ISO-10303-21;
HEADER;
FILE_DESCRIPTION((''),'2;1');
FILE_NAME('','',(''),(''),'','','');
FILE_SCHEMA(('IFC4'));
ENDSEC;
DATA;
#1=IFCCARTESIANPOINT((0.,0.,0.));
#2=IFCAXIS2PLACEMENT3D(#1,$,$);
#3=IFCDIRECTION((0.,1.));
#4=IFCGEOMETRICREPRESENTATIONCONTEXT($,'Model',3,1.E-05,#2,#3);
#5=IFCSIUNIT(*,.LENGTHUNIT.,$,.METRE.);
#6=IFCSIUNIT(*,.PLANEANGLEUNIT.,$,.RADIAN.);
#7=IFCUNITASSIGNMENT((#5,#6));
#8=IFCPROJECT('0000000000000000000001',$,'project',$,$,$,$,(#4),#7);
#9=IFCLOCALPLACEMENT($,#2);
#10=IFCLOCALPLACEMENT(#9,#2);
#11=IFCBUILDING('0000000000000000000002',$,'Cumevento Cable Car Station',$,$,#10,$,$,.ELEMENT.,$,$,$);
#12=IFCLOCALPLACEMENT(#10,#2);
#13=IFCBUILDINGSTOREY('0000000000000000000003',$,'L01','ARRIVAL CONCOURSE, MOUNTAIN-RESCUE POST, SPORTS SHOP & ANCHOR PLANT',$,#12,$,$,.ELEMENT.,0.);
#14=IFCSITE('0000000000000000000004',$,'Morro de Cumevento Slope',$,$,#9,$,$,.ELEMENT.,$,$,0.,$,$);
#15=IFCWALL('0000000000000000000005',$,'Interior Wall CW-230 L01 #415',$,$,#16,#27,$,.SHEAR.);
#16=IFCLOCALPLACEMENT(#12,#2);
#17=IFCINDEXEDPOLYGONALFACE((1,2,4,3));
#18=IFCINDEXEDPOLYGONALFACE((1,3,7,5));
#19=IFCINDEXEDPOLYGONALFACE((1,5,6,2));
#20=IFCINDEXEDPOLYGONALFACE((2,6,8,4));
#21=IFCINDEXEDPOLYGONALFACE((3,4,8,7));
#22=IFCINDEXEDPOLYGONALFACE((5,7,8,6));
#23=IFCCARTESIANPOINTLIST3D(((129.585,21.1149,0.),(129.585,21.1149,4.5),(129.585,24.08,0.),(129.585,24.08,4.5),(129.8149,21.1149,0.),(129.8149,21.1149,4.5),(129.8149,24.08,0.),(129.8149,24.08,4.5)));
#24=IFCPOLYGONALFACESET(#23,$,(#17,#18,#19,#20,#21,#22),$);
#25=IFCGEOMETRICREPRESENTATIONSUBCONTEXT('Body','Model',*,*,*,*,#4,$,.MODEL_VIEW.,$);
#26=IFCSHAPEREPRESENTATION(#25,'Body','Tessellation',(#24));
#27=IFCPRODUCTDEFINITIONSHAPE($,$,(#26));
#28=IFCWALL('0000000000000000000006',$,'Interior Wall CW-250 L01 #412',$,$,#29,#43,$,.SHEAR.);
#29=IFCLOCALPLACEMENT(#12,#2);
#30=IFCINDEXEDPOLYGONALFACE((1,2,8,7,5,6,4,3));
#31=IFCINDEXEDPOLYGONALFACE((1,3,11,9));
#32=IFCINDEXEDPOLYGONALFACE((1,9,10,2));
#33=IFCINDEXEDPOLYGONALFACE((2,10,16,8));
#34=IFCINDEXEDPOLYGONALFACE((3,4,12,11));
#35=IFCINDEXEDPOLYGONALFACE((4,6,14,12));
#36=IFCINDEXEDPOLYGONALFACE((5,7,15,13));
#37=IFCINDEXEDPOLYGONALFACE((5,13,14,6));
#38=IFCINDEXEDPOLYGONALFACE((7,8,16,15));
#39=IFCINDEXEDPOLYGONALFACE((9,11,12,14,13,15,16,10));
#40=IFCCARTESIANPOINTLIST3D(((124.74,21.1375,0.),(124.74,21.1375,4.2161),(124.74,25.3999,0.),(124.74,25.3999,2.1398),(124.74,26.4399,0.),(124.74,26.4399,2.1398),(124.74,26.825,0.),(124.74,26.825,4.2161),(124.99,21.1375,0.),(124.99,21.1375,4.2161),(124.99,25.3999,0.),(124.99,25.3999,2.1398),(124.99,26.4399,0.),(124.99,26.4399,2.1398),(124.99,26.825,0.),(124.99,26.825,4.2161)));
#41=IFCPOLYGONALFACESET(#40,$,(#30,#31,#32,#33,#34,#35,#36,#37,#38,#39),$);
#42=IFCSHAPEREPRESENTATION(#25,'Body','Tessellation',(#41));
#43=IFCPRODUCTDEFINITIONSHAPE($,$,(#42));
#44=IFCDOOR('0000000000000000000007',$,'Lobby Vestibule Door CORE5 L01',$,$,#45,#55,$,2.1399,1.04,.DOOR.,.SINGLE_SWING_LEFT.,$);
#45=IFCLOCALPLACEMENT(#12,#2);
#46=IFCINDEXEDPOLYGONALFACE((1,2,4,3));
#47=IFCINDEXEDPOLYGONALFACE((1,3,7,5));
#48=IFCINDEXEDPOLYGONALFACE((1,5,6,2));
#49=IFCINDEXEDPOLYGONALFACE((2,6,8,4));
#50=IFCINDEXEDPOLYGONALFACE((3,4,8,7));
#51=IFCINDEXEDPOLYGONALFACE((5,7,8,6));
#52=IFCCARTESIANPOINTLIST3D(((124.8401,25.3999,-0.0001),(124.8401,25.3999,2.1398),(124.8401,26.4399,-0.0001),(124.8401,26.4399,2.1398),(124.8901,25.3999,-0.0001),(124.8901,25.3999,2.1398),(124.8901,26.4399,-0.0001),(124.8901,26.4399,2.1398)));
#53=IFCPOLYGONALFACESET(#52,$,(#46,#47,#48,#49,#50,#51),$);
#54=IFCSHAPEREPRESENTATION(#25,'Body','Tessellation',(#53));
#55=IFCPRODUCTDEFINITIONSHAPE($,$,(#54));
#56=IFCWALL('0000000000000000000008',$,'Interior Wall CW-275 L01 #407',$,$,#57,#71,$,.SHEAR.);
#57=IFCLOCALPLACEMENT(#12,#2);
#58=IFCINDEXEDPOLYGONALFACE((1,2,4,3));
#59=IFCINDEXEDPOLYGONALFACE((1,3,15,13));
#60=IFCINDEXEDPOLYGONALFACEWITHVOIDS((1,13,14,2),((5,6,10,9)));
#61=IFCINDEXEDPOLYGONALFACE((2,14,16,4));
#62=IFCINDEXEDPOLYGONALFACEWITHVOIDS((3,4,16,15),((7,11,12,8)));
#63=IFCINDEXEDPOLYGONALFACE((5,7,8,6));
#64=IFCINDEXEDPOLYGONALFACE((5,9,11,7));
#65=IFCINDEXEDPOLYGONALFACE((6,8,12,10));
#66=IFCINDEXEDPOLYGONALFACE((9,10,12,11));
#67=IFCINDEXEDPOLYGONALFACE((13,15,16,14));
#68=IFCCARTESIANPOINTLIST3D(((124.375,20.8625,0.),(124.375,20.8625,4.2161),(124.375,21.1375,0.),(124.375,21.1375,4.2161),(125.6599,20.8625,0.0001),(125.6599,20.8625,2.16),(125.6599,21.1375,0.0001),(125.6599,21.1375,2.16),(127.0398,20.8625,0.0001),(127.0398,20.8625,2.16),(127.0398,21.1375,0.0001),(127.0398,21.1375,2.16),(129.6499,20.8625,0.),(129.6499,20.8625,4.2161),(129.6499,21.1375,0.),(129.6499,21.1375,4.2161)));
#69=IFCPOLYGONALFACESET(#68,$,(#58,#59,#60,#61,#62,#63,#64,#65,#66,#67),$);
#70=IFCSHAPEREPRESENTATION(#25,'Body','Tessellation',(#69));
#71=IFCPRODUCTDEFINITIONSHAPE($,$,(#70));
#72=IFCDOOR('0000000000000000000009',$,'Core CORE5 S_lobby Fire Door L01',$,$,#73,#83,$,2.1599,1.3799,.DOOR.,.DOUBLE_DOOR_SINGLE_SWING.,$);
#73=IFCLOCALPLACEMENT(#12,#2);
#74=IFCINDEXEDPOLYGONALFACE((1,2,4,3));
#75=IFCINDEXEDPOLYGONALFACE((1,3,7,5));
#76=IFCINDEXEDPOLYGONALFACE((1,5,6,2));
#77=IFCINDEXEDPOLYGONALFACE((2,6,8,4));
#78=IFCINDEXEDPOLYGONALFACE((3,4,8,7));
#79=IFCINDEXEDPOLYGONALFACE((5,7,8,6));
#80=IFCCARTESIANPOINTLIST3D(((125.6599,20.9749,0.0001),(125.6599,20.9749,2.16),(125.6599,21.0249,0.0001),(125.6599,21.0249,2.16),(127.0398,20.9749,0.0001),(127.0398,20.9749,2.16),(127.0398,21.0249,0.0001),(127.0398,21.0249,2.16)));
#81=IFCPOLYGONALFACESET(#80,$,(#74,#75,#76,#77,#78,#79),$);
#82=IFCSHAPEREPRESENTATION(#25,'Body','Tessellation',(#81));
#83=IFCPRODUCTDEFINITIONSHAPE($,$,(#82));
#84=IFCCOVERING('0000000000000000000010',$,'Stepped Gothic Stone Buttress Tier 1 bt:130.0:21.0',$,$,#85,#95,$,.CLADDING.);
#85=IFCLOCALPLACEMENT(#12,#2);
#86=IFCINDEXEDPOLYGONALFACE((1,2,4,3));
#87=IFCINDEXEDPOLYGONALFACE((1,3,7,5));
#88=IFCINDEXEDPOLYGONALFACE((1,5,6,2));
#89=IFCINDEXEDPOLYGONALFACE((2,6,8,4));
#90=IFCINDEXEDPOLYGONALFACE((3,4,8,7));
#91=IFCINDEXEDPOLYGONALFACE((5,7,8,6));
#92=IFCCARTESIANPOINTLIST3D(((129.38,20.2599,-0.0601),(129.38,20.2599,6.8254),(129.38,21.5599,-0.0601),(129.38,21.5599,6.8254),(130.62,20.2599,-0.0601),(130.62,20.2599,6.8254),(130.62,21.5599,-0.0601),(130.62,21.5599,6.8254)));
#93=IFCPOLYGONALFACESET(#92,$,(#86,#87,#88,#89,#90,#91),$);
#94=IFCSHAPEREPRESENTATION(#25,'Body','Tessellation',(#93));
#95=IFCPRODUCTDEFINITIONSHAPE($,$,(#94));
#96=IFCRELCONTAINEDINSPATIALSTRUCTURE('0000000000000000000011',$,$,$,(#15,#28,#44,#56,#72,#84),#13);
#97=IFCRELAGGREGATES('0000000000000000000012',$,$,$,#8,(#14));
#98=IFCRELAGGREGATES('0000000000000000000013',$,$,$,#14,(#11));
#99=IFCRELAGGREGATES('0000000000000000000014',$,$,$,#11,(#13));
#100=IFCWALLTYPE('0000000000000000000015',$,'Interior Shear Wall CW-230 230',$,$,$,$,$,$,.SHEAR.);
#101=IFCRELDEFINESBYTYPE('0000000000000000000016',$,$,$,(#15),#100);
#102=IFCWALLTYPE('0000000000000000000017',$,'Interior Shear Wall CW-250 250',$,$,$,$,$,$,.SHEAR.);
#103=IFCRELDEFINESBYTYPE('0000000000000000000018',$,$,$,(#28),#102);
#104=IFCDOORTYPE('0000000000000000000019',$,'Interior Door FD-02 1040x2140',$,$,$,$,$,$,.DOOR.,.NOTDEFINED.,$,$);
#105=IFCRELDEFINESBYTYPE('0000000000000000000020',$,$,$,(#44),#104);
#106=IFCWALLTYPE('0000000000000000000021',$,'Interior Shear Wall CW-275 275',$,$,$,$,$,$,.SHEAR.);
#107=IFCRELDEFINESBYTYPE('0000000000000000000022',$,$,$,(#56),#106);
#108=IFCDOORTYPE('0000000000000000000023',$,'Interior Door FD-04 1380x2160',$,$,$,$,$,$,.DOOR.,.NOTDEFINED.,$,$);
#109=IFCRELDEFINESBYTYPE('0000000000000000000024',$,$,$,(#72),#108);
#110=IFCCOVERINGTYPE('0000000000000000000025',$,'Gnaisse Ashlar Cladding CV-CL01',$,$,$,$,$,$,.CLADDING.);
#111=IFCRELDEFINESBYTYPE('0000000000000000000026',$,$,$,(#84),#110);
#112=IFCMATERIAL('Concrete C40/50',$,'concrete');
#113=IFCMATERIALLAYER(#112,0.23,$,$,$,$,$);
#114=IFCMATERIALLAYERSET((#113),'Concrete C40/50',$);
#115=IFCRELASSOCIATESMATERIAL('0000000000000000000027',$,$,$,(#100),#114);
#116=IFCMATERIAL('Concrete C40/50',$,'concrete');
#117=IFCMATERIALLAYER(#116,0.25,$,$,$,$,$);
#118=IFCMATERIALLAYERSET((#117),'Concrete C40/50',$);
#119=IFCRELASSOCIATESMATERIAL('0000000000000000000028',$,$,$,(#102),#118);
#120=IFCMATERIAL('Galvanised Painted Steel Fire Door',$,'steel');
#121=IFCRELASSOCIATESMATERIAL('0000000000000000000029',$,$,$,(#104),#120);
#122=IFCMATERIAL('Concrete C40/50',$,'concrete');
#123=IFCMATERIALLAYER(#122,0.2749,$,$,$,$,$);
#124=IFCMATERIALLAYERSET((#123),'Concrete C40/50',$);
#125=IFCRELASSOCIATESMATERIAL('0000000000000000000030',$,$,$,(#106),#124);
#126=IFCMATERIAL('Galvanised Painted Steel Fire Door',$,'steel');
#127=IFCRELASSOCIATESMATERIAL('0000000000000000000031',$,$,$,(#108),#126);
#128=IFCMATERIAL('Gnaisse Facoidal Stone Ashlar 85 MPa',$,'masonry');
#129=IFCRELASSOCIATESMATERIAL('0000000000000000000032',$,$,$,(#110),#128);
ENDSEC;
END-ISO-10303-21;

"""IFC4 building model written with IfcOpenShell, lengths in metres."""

from ifc_helpers import new_model, si_unit, direction, frame, frame_2d, origin, origin_2d, place, context, subcontext, project, spatial, rectangle, extrude, material, layer, layer_set, type_object, element, fill, save


model = new_model("IFC4")

# Units and contexts
model_context = context("Model", 3, precision=1e-05, world=origin(), true_north=direction((0.0, 1.0)))
body_context = subcontext(model_context, "Body", "Model", "MODEL_VIEW")
ifc_project = project(units=[si_unit("LENGTHUNIT", "METRE"), si_unit("PLANEANGLEUNIT", "RADIAN")], contexts=[model_context])

# Site, building, storey
site_placement = place(None, origin())
site = spatial("IfcSite", under=ifc_project, at=site_placement, Name="Morro de Cumevento Slope", CompositionType="ELEMENT", RefElevation=0.0)
building_placement = place(site_placement, origin())
building = spatial("IfcBuilding", under=site, at=building_placement, Name="Cumevento Cable Car Station", CompositionType="ELEMENT")
storey_placement = place(building_placement, origin())
storey = spatial("IfcBuildingStorey", under=building, at=storey_placement, Name="L01", Description="ARRIVAL CONCOURSE, MOUNTAIN-RESCUE POST, SPORTS SHOP & ANCHOR PLANT", CompositionType="ELEMENT", Elevation=0.0)

# Wall
ifc_material_1 = material(Name="Concrete C40/50", Category="concrete")
ifc_layer_1 = layer(ifc_material_1, 0.23)
ifc_layer_set_1 = layer_set([ifc_layer_1], Name="Concrete C40/50")
wall_type_1 = type_object("IfcWallType", Name="Interior Shear Wall CW-230 230", PredefinedType="SHEAR", material=ifc_layer_set_1)
wall_1_placement = place(storey_placement, frame((129.7, 21.115, 0.0), z_axis=(0.0, 0.0, 1.0), x_axis=(0.0, 1.0, 0.0)))
element("IfcWall", 1, at=wall_1_placement, inside=storey, type_object=wall_type_1, Name="Interior Wall CW-230 L01 #415", PredefinedType="SHEAR", context=body_context, shape_type="SweptSolid", body=[
    extrude(rectangle(XDim=2.9651, YDim=0.23, at=frame_2d((1.4824, 0.0))), origin(), (0.0, 0.0, 1.0), 4.5),
])

# Walls, openings, doors
ifc_material_2 = material(Name="Concrete C40/50", Category="concrete")
ifc_layer_2 = layer(ifc_material_2, 0.25)
ifc_layer_set_2 = layer_set([ifc_layer_2], Name="Concrete C40/50")
wall_type_2 = type_object("IfcWallType", Name="Interior Shear Wall CW-250 250", PredefinedType="SHEAR", material=ifc_layer_set_2)
wall_2_placement = place(storey_placement, frame((124.865, 21.1375, 0.0), z_axis=(0.0, 0.0, 1.0), x_axis=(0.0, 1.0, 0.0)))
wall_2 = element("IfcWall", 2, at=wall_2_placement, inside=storey, type_object=wall_type_2, Name="Interior Wall CW-250 L01 #412", PredefinedType="SHEAR", context=body_context, shape_type="SweptSolid", body=[
    extrude(rectangle(XDim=5.6875, YDim=0.25, at=frame_2d((2.8438, 0.0))), origin(), (0.0, 0.0, 1.0), 4.2161),
])
opening_1_placement = place(wall_2_placement, frame((4.2625, 0.0, 0.0)))
opening_1 = element("IfcOpeningElement", 3, at=opening_1_placement, cuts=wall_2, PredefinedType="OPENING", context=body_context, shape_type="SweptSolid", body=[
    extrude(rectangle(XDim=1.04, YDim=2.1399, at=frame_2d((0.52, 1.0698))), frame((0.0, 0.135, 0.0), z_axis=(0.0, -1.0, 0.0), x_axis=(1.0, 0.0, 0.0)), (0.0, 0.0, 1.0), 0.27),
])
ifc_material_3 = material(Name="Galvanised Painted Steel Fire Door", Category="steel")
door_type_1 = type_object("IfcDoorType", Name="Interior Door FD-02 1040x2140", OperationType="NOTDEFINED", PredefinedType="DOOR", material=ifc_material_3)
door_1_placement = place(opening_1_placement, origin())
door_1 = element("IfcDoor", 4, at=door_1_placement, inside=storey, type_object=door_type_1, Name="Lobby Vestibule Door CORE5 L01", OperationType="SINGLE_SWING_LEFT", OverallHeight=2.1399, OverallWidth=1.04, PredefinedType="DOOR", context=body_context, shape_type="SweptSolid", body=[
    extrude(rectangle(XDim=1.04, YDim=2.1399, at=frame_2d((0.52, 1.0698))), frame((0.0, 0.0249, 0.0), z_axis=(0.0, -1.0, 0.0), x_axis=(1.0, 0.0, 0.0)), (0.0, 0.0, 1.0), 0.05),
])
fill(opening_1, door_1)
ifc_material_4 = material(Name="Concrete C40/50", Category="concrete")
ifc_layer_3 = layer(ifc_material_4, 0.2749)
ifc_layer_set_3 = layer_set([ifc_layer_3], Name="Concrete C40/50")
wall_type_3 = type_object("IfcWallType", Name="Interior Shear Wall CW-275 275", PredefinedType="SHEAR", material=ifc_layer_set_3)
wall_3_placement = place(storey_placement, frame((124.375, 21.0, 0.0), z_axis=(0.0, 0.0, 1.0), x_axis=(1.0, 0.0, 0.0)))
wall_3 = element("IfcWall", 5, at=wall_3_placement, inside=storey, type_object=wall_type_3, Name="Interior Wall CW-275 L01 #407", PredefinedType="SHEAR", context=body_context, shape_type="SweptSolid", body=[
    extrude(rectangle(XDim=5.2749, YDim=0.2749, at=frame_2d((2.6375, 0.0))), origin(), (0.0, 0.0, 1.0), 4.2161),
])
opening_2_placement = place(wall_3_placement, frame((1.2849, 0.0, 0.0)))
opening_2 = element("IfcOpeningElement", 6, at=opening_2_placement, cuts=wall_3, PredefinedType="OPENING", context=body_context, shape_type="SweptSolid", body=[
    extrude(rectangle(XDim=1.3799, YDim=2.1599, at=frame_2d((0.6899, 1.0801))), frame((0.0, 0.1475, 0.0), z_axis=(0.0, -1.0, 0.0), x_axis=(1.0, 0.0, 0.0)), (0.0, 0.0, 1.0), 0.2949),
])
ifc_material_5 = material(Name="Galvanised Painted Steel Fire Door", Category="steel")
door_type_2 = type_object("IfcDoorType", Name="Interior Door FD-04 1380x2160", OperationType="NOTDEFINED", PredefinedType="DOOR", material=ifc_material_5)
door_2_placement = place(opening_2_placement, origin())
door_2 = element("IfcDoor", 7, at=door_2_placement, inside=storey, type_object=door_type_2, Name="Core CORE5 S_lobby Fire Door L01", OperationType="DOUBLE_DOOR_SINGLE_SWING", OverallHeight=2.1599, OverallWidth=1.3799, PredefinedType="DOOR", context=body_context, shape_type="SweptSolid", body=[
    extrude(rectangle(XDim=1.3799, YDim=2.1599, at=frame_2d((0.6899, 1.0801))), frame((0.0, 0.0249, 0.0), z_axis=(0.0, -1.0, 0.0), x_axis=(1.0, 0.0, 0.0)), (0.0, 0.0, 1.0), 0.05),
])
fill(opening_2, door_2)

# Covering
ifc_material_6 = material(Name="Gnaisse Facoidal Stone Ashlar 85 MPa", Category="masonry")
covering_type = type_object("IfcCoveringType", Name="Gnaisse Ashlar Cladding CV-CL01", PredefinedType="CLADDING", material=ifc_material_6)
covering_1_placement = place(storey_placement, frame((130.0, 20.9099, -0.0601), z_axis=(0.0, 0.0, 1.0), x_axis=(1.0, 0.0, 0.0)))
element("IfcCovering", 8, at=covering_1_placement, inside=storey, type_object=covering_type, Name="Stepped Gothic Stone Buttress Tier 1 bt:130.0:21.0", PredefinedType="CLADDING", context=body_context, shape_type="SweptSolid", body=[
    extrude(rectangle(XDim=1.24, YDim=1.3, at=origin_2d()), origin(), (0.0, 0.0, 1.0), 6.8855),
])

save(model, "model.ifc")
